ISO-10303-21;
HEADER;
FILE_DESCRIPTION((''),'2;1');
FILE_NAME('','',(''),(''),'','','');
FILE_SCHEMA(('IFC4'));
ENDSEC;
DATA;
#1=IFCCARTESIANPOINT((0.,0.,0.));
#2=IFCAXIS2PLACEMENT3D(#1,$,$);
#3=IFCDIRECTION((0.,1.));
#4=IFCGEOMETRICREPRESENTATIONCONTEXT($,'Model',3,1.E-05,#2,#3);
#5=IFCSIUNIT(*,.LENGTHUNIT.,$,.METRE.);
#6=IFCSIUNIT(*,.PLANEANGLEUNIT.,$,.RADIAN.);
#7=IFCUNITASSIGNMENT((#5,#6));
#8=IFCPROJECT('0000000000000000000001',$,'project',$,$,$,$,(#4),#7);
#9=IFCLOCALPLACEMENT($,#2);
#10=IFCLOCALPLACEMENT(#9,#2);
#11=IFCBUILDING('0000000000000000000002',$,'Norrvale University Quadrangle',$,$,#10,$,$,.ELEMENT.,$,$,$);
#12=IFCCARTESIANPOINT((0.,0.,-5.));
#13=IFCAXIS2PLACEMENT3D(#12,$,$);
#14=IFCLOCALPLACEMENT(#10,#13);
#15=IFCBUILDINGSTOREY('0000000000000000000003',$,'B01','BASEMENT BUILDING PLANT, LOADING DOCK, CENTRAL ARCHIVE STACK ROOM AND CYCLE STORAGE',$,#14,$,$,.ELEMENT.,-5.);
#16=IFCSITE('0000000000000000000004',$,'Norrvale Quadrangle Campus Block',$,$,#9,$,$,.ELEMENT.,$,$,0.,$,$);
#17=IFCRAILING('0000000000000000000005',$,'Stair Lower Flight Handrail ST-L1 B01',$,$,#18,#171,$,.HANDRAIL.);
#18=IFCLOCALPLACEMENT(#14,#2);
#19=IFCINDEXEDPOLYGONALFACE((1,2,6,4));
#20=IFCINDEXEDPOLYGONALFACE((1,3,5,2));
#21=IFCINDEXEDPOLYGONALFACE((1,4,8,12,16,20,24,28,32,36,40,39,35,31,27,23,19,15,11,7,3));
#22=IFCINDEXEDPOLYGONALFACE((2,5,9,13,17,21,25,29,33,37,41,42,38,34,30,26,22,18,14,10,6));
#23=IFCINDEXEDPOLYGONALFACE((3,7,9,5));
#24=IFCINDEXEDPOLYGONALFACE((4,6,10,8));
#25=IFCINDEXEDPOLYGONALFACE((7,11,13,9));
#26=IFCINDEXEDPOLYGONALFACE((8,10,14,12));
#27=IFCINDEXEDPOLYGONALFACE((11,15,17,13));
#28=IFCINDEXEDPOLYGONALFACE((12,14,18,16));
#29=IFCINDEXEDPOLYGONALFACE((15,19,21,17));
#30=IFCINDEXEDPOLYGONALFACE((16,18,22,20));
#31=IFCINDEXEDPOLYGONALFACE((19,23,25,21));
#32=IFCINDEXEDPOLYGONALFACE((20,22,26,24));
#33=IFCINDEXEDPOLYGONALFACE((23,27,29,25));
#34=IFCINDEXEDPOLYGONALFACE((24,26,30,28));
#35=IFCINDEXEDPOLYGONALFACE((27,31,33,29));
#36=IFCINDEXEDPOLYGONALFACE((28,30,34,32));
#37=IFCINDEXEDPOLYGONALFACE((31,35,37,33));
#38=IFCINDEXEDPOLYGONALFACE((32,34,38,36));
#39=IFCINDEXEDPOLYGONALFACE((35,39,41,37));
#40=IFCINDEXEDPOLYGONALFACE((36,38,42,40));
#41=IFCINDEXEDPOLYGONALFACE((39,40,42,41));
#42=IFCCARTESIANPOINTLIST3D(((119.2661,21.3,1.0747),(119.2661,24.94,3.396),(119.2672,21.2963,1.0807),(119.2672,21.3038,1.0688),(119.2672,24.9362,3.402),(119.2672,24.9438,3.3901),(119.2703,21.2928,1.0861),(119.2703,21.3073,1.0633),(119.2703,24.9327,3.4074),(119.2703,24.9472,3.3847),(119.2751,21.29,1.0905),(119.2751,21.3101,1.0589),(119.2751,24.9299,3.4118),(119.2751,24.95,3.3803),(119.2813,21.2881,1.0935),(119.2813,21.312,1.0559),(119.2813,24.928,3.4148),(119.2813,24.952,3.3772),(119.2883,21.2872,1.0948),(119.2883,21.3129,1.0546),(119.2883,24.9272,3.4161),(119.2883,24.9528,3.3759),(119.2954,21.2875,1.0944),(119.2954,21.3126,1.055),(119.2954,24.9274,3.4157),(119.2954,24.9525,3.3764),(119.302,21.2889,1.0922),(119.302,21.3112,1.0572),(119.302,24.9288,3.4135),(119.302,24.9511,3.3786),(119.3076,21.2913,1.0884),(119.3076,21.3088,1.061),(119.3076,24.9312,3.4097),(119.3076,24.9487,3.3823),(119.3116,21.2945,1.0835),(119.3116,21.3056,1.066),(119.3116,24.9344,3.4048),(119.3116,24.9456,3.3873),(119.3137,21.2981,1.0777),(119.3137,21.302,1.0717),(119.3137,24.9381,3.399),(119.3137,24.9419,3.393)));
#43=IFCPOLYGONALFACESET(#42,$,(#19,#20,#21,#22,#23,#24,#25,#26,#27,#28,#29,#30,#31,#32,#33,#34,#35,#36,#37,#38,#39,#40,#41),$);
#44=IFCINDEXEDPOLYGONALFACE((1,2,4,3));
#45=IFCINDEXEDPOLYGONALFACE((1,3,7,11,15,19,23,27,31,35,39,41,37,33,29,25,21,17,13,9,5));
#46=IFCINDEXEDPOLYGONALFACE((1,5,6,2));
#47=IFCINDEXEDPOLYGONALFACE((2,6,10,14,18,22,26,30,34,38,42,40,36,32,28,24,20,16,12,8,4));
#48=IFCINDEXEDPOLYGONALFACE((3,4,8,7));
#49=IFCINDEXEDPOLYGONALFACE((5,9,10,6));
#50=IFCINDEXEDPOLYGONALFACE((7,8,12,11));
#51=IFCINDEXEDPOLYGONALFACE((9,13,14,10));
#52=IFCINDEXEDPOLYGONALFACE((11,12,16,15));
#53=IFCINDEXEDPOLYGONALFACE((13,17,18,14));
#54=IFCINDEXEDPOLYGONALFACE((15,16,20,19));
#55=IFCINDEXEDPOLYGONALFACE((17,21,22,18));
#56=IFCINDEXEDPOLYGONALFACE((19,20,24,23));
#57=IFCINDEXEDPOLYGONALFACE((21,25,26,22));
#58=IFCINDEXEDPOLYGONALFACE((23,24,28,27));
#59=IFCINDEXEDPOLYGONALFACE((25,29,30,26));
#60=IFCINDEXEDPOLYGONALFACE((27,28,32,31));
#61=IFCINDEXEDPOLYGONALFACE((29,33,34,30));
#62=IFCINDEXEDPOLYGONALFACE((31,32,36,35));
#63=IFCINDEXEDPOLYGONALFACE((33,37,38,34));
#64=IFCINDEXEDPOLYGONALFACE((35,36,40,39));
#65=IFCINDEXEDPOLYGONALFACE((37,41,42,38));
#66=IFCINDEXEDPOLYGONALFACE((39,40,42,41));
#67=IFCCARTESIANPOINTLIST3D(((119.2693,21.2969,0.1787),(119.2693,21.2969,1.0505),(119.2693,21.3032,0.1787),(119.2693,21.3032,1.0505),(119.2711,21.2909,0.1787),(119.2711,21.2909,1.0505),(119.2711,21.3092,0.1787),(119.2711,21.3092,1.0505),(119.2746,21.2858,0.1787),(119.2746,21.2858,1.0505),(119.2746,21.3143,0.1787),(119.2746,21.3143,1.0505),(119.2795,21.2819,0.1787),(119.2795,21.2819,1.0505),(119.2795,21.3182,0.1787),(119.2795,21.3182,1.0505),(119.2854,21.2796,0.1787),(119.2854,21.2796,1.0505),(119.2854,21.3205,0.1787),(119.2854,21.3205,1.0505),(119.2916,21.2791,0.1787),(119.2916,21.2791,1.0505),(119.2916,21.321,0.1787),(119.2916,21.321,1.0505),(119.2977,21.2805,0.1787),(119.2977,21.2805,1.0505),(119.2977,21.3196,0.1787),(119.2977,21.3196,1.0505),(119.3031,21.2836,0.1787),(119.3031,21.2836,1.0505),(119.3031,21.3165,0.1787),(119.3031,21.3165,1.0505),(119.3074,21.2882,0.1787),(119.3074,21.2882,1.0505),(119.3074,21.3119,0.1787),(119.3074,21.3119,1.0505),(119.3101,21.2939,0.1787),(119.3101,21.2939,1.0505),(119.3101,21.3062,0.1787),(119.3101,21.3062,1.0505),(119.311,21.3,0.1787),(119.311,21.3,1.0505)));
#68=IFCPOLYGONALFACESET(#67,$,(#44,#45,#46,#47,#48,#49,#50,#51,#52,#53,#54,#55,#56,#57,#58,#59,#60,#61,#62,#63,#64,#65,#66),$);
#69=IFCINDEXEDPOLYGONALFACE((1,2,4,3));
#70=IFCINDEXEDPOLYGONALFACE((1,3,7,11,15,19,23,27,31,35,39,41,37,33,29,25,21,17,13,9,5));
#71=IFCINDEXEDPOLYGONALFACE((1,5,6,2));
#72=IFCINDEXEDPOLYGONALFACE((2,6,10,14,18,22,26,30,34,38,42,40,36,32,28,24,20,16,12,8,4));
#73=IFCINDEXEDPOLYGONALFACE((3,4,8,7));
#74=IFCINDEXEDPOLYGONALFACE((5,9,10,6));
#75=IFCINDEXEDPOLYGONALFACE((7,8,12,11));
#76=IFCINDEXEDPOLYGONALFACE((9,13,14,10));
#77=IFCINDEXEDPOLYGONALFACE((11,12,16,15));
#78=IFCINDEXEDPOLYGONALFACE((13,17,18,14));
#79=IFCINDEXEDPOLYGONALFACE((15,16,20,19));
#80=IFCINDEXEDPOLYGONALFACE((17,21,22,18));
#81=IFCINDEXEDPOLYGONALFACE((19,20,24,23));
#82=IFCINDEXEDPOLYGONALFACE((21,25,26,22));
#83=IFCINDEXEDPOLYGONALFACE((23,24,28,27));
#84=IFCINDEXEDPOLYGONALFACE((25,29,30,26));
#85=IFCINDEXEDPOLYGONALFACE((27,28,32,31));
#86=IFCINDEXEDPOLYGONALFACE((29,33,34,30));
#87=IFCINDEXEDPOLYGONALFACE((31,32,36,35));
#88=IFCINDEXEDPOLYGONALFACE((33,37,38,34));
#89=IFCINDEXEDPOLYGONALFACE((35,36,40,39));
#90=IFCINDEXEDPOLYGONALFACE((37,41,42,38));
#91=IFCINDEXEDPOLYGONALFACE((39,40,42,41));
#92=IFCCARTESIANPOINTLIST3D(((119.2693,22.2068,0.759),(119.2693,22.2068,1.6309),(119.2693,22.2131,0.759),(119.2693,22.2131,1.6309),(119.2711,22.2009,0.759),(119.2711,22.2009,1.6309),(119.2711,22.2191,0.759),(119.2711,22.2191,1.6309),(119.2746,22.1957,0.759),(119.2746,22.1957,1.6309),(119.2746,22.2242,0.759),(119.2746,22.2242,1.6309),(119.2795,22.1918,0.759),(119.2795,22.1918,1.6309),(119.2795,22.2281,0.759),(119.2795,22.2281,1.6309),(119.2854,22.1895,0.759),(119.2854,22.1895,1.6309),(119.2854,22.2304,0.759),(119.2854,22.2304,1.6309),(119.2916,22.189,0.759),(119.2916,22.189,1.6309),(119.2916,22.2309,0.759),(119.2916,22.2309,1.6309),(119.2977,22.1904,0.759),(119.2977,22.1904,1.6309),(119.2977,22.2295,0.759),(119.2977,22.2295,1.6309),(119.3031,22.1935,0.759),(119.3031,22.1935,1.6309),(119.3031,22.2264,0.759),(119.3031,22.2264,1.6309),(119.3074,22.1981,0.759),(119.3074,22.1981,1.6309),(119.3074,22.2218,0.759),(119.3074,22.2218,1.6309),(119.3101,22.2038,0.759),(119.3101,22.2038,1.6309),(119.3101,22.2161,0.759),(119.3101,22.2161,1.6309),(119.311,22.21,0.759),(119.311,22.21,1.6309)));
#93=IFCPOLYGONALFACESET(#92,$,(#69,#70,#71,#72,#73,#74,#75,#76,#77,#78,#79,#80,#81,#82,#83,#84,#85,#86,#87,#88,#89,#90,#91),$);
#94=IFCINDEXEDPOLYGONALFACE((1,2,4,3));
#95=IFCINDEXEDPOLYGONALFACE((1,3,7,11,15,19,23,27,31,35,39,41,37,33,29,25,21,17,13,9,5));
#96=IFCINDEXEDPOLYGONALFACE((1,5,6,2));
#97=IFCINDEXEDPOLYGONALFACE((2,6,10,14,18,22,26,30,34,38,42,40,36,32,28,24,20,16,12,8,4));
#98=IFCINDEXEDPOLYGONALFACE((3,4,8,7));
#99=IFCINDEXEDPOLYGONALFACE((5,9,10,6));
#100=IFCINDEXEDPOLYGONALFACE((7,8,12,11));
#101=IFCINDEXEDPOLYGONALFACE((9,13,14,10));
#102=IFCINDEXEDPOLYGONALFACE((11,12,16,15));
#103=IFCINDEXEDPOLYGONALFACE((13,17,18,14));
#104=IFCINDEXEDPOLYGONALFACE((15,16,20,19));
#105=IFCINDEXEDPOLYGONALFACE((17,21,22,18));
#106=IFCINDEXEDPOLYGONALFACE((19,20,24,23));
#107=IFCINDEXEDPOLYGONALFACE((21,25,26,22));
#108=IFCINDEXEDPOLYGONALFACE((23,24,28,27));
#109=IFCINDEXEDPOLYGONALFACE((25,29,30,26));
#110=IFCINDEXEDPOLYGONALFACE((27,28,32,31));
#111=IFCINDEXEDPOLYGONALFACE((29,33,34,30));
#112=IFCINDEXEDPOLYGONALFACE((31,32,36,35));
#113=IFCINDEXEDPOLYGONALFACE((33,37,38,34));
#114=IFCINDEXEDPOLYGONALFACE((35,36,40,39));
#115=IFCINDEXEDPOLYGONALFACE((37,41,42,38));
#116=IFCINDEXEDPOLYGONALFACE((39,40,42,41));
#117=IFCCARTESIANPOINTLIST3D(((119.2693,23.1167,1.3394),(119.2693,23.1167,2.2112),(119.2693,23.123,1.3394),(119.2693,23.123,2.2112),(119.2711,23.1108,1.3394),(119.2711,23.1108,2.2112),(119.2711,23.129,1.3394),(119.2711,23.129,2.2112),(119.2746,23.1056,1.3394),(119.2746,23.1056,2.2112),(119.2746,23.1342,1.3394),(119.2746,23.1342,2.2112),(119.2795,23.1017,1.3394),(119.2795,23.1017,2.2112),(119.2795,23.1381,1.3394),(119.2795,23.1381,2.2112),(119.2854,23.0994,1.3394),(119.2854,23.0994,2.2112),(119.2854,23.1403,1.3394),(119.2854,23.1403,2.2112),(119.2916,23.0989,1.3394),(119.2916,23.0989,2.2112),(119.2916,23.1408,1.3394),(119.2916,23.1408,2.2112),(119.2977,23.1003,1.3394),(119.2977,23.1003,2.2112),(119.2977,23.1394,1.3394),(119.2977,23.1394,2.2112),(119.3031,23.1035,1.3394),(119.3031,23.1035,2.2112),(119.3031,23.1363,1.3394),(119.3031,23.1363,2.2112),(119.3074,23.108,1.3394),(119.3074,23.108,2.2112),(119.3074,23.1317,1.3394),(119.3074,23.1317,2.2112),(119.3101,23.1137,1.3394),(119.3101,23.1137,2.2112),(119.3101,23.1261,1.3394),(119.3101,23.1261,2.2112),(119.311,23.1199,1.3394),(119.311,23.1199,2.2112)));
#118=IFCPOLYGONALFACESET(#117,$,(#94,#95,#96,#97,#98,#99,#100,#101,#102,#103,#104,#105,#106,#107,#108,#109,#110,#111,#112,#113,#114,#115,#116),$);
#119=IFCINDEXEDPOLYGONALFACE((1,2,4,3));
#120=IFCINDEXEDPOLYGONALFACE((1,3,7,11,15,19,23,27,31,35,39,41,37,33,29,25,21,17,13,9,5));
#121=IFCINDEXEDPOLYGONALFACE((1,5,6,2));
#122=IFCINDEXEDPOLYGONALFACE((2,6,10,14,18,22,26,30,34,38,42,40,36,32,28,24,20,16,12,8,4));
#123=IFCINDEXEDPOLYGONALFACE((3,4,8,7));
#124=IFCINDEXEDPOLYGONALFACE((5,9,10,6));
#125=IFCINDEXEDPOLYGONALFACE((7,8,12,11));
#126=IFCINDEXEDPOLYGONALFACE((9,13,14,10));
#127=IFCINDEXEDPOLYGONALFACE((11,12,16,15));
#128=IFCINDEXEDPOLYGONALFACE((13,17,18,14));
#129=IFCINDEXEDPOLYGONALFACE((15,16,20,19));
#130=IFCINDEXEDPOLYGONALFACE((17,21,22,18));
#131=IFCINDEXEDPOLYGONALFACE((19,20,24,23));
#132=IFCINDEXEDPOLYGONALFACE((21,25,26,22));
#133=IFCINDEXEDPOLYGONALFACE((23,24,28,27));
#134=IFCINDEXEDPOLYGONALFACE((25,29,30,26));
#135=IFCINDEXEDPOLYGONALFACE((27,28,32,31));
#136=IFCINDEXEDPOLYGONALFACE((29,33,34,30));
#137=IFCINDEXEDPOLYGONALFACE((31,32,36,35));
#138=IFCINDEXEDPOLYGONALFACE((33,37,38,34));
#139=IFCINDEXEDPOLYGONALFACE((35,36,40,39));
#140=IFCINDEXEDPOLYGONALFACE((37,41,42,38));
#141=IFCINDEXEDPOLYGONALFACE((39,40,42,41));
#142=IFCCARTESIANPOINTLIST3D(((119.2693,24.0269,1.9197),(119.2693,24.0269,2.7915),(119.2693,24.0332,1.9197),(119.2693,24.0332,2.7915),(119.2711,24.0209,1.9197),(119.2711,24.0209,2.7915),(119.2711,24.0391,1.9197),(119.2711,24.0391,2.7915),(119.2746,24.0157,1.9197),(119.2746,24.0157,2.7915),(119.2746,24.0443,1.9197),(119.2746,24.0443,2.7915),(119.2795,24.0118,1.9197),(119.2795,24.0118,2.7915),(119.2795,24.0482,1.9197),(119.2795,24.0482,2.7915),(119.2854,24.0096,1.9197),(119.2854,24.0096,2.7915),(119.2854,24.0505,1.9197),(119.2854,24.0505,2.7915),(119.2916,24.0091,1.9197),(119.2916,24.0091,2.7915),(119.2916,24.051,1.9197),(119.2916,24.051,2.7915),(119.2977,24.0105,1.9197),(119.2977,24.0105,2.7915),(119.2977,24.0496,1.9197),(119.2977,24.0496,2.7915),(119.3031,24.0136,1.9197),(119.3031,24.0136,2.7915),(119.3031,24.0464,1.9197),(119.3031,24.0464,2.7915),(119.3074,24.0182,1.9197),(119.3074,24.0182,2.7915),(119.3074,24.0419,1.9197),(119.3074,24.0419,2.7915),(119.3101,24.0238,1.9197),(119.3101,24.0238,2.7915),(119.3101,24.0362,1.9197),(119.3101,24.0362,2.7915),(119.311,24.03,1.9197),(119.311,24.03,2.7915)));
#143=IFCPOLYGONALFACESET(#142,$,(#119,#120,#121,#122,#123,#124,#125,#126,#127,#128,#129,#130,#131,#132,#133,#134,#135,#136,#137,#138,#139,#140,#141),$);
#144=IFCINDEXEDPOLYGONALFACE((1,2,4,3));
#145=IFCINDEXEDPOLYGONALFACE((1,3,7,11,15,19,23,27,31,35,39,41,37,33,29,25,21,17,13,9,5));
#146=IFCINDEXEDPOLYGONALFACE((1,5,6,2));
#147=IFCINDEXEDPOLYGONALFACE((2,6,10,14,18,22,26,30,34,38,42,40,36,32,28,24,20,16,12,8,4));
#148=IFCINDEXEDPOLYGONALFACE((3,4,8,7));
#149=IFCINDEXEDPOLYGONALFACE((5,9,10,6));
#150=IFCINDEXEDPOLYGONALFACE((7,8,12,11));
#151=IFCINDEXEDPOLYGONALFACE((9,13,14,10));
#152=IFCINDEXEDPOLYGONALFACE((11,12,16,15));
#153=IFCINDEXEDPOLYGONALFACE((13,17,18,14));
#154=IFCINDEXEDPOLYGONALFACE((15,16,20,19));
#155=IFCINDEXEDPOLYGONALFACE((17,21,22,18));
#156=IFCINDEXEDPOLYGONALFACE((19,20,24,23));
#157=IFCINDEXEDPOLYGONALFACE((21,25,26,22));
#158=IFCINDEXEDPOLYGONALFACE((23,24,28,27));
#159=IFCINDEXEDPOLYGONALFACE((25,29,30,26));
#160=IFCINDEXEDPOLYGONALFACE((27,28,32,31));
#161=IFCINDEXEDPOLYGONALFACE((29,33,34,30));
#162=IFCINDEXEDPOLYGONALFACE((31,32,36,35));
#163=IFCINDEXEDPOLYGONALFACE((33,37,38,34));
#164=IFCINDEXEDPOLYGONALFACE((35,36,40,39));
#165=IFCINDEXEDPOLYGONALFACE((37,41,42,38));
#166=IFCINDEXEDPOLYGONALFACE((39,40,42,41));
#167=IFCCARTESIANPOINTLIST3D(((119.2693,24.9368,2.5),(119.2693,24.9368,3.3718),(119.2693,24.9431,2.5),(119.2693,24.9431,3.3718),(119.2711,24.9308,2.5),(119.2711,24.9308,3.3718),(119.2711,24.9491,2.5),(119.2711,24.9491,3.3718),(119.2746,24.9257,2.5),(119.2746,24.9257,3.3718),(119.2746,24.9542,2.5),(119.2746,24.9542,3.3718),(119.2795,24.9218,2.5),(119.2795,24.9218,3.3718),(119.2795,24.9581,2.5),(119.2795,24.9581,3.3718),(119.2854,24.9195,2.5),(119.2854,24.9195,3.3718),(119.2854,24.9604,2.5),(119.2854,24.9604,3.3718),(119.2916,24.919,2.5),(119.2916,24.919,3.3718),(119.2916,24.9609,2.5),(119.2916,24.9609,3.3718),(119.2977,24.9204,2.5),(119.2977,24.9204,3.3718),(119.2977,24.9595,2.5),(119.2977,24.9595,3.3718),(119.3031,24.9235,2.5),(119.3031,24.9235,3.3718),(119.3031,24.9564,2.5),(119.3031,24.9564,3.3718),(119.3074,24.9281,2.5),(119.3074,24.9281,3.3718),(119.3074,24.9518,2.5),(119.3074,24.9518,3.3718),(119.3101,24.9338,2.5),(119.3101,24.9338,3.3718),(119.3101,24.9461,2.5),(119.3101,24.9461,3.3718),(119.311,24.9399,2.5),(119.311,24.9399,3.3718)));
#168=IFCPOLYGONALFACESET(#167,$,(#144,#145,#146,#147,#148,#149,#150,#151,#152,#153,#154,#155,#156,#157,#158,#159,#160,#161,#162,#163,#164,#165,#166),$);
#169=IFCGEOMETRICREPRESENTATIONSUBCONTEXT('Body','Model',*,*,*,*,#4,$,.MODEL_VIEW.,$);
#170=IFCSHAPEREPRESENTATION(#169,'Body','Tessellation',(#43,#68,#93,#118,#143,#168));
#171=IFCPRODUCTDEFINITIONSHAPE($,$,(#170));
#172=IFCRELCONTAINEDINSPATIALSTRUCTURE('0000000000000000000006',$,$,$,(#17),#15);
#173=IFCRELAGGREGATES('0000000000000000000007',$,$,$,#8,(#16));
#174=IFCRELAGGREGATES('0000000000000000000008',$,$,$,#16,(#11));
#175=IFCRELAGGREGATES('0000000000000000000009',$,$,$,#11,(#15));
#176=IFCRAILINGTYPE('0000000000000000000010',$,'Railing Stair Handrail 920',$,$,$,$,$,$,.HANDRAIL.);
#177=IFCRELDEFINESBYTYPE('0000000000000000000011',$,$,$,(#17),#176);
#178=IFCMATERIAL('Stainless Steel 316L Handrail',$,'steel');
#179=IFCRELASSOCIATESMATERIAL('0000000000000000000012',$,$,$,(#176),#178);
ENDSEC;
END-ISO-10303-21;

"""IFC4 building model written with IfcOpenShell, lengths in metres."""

from ifc_helpers import new_model, si_unit, direction, frame, origin, origin_2d, place, context, subcontext, project, spatial, circle, extrude, material, type_object, element, save


model = new_model("IFC4")

# Units and contexts
model_context = context("Model", 3, precision=1e-05, world=origin(), true_north=direction((0.0, 1.0)))
body_context = subcontext(model_context, "Body", "Model", "MODEL_VIEW")
ifc_project = project(units=[si_unit("LENGTHUNIT", "METRE"), si_unit("PLANEANGLEUNIT", "RADIAN")], contexts=[model_context])

# Site, building, storey
site_placement = place(None, origin())
site = spatial("IfcSite", under=ifc_project, at=site_placement, Name="Norrvale Quadrangle Campus Block", CompositionType="ELEMENT", RefElevation=0.0)
building_placement = place(site_placement, origin())
building = spatial("IfcBuilding", under=site, at=building_placement, Name="Norrvale University Quadrangle", CompositionType="ELEMENT")
storey_placement = place(building_placement, frame((0.0, 0.0, -5.0)))
storey = spatial("IfcBuildingStorey", under=building, at=storey_placement, Name="B01", Description="BASEMENT BUILDING PLANT, LOADING DOCK, CENTRAL ARCHIVE STACK ROOM AND CYCLE STORAGE", CompositionType="ELEMENT", Elevation=-5.0)

# Railing
ifc_material_1 = material(Name="Stainless Steel 316L Handrail", Category="steel")
railing_type_1 = type_object("IfcRailingType", Name="Railing Stair Handrail 920", PredefinedType="HANDRAIL", material=ifc_material_1)
railing_1_placement = place(storey_placement, frame((119.29, 21.3, 0.1787)))
element("IfcRailing", 1, at=railing_1_placement, inside=storey, type_object=railing_type_1, Name="Stair Lower Flight Handrail ST-L1 B01", PredefinedType="HANDRAIL", context=body_context, shape_type="SweptSolid", body=[
    extrude(circle(Radius=0.0239, at=origin_2d()), frame((0.0, 0.0, 0.896), z_axis=(0.0, 0.843137, 0.537699), x_axis=(-1.0, 0.0, 0.0)), (0.0, 0.0, 1.0), 4.3171),
    extrude(circle(Radius=0.021, at=origin_2d()), origin(), (0.0, 0.0, 1.0), 0.8718),
    extrude(circle(Radius=0.021, at=origin_2d()), frame((0.0, 0.9099, 0.5803)), (0.0, 0.0, 1.0), 0.8718),
    extrude(circle(Radius=0.021, at=origin_2d()), frame((0.0, 1.8198, 1.1606)), (0.0, 0.0, 1.0), 0.8718),
    extrude(circle(Radius=0.021, at=origin_2d()), frame((0.0, 2.73, 1.741)), (0.0, 0.0, 1.0), 0.8718),
    extrude(circle(Radius=0.021, at=origin_2d()), frame((0.0, 3.6399, 2.3213)), (0.0, 0.0, 1.0), 0.8718),
])

save(model, "model.ifc")
